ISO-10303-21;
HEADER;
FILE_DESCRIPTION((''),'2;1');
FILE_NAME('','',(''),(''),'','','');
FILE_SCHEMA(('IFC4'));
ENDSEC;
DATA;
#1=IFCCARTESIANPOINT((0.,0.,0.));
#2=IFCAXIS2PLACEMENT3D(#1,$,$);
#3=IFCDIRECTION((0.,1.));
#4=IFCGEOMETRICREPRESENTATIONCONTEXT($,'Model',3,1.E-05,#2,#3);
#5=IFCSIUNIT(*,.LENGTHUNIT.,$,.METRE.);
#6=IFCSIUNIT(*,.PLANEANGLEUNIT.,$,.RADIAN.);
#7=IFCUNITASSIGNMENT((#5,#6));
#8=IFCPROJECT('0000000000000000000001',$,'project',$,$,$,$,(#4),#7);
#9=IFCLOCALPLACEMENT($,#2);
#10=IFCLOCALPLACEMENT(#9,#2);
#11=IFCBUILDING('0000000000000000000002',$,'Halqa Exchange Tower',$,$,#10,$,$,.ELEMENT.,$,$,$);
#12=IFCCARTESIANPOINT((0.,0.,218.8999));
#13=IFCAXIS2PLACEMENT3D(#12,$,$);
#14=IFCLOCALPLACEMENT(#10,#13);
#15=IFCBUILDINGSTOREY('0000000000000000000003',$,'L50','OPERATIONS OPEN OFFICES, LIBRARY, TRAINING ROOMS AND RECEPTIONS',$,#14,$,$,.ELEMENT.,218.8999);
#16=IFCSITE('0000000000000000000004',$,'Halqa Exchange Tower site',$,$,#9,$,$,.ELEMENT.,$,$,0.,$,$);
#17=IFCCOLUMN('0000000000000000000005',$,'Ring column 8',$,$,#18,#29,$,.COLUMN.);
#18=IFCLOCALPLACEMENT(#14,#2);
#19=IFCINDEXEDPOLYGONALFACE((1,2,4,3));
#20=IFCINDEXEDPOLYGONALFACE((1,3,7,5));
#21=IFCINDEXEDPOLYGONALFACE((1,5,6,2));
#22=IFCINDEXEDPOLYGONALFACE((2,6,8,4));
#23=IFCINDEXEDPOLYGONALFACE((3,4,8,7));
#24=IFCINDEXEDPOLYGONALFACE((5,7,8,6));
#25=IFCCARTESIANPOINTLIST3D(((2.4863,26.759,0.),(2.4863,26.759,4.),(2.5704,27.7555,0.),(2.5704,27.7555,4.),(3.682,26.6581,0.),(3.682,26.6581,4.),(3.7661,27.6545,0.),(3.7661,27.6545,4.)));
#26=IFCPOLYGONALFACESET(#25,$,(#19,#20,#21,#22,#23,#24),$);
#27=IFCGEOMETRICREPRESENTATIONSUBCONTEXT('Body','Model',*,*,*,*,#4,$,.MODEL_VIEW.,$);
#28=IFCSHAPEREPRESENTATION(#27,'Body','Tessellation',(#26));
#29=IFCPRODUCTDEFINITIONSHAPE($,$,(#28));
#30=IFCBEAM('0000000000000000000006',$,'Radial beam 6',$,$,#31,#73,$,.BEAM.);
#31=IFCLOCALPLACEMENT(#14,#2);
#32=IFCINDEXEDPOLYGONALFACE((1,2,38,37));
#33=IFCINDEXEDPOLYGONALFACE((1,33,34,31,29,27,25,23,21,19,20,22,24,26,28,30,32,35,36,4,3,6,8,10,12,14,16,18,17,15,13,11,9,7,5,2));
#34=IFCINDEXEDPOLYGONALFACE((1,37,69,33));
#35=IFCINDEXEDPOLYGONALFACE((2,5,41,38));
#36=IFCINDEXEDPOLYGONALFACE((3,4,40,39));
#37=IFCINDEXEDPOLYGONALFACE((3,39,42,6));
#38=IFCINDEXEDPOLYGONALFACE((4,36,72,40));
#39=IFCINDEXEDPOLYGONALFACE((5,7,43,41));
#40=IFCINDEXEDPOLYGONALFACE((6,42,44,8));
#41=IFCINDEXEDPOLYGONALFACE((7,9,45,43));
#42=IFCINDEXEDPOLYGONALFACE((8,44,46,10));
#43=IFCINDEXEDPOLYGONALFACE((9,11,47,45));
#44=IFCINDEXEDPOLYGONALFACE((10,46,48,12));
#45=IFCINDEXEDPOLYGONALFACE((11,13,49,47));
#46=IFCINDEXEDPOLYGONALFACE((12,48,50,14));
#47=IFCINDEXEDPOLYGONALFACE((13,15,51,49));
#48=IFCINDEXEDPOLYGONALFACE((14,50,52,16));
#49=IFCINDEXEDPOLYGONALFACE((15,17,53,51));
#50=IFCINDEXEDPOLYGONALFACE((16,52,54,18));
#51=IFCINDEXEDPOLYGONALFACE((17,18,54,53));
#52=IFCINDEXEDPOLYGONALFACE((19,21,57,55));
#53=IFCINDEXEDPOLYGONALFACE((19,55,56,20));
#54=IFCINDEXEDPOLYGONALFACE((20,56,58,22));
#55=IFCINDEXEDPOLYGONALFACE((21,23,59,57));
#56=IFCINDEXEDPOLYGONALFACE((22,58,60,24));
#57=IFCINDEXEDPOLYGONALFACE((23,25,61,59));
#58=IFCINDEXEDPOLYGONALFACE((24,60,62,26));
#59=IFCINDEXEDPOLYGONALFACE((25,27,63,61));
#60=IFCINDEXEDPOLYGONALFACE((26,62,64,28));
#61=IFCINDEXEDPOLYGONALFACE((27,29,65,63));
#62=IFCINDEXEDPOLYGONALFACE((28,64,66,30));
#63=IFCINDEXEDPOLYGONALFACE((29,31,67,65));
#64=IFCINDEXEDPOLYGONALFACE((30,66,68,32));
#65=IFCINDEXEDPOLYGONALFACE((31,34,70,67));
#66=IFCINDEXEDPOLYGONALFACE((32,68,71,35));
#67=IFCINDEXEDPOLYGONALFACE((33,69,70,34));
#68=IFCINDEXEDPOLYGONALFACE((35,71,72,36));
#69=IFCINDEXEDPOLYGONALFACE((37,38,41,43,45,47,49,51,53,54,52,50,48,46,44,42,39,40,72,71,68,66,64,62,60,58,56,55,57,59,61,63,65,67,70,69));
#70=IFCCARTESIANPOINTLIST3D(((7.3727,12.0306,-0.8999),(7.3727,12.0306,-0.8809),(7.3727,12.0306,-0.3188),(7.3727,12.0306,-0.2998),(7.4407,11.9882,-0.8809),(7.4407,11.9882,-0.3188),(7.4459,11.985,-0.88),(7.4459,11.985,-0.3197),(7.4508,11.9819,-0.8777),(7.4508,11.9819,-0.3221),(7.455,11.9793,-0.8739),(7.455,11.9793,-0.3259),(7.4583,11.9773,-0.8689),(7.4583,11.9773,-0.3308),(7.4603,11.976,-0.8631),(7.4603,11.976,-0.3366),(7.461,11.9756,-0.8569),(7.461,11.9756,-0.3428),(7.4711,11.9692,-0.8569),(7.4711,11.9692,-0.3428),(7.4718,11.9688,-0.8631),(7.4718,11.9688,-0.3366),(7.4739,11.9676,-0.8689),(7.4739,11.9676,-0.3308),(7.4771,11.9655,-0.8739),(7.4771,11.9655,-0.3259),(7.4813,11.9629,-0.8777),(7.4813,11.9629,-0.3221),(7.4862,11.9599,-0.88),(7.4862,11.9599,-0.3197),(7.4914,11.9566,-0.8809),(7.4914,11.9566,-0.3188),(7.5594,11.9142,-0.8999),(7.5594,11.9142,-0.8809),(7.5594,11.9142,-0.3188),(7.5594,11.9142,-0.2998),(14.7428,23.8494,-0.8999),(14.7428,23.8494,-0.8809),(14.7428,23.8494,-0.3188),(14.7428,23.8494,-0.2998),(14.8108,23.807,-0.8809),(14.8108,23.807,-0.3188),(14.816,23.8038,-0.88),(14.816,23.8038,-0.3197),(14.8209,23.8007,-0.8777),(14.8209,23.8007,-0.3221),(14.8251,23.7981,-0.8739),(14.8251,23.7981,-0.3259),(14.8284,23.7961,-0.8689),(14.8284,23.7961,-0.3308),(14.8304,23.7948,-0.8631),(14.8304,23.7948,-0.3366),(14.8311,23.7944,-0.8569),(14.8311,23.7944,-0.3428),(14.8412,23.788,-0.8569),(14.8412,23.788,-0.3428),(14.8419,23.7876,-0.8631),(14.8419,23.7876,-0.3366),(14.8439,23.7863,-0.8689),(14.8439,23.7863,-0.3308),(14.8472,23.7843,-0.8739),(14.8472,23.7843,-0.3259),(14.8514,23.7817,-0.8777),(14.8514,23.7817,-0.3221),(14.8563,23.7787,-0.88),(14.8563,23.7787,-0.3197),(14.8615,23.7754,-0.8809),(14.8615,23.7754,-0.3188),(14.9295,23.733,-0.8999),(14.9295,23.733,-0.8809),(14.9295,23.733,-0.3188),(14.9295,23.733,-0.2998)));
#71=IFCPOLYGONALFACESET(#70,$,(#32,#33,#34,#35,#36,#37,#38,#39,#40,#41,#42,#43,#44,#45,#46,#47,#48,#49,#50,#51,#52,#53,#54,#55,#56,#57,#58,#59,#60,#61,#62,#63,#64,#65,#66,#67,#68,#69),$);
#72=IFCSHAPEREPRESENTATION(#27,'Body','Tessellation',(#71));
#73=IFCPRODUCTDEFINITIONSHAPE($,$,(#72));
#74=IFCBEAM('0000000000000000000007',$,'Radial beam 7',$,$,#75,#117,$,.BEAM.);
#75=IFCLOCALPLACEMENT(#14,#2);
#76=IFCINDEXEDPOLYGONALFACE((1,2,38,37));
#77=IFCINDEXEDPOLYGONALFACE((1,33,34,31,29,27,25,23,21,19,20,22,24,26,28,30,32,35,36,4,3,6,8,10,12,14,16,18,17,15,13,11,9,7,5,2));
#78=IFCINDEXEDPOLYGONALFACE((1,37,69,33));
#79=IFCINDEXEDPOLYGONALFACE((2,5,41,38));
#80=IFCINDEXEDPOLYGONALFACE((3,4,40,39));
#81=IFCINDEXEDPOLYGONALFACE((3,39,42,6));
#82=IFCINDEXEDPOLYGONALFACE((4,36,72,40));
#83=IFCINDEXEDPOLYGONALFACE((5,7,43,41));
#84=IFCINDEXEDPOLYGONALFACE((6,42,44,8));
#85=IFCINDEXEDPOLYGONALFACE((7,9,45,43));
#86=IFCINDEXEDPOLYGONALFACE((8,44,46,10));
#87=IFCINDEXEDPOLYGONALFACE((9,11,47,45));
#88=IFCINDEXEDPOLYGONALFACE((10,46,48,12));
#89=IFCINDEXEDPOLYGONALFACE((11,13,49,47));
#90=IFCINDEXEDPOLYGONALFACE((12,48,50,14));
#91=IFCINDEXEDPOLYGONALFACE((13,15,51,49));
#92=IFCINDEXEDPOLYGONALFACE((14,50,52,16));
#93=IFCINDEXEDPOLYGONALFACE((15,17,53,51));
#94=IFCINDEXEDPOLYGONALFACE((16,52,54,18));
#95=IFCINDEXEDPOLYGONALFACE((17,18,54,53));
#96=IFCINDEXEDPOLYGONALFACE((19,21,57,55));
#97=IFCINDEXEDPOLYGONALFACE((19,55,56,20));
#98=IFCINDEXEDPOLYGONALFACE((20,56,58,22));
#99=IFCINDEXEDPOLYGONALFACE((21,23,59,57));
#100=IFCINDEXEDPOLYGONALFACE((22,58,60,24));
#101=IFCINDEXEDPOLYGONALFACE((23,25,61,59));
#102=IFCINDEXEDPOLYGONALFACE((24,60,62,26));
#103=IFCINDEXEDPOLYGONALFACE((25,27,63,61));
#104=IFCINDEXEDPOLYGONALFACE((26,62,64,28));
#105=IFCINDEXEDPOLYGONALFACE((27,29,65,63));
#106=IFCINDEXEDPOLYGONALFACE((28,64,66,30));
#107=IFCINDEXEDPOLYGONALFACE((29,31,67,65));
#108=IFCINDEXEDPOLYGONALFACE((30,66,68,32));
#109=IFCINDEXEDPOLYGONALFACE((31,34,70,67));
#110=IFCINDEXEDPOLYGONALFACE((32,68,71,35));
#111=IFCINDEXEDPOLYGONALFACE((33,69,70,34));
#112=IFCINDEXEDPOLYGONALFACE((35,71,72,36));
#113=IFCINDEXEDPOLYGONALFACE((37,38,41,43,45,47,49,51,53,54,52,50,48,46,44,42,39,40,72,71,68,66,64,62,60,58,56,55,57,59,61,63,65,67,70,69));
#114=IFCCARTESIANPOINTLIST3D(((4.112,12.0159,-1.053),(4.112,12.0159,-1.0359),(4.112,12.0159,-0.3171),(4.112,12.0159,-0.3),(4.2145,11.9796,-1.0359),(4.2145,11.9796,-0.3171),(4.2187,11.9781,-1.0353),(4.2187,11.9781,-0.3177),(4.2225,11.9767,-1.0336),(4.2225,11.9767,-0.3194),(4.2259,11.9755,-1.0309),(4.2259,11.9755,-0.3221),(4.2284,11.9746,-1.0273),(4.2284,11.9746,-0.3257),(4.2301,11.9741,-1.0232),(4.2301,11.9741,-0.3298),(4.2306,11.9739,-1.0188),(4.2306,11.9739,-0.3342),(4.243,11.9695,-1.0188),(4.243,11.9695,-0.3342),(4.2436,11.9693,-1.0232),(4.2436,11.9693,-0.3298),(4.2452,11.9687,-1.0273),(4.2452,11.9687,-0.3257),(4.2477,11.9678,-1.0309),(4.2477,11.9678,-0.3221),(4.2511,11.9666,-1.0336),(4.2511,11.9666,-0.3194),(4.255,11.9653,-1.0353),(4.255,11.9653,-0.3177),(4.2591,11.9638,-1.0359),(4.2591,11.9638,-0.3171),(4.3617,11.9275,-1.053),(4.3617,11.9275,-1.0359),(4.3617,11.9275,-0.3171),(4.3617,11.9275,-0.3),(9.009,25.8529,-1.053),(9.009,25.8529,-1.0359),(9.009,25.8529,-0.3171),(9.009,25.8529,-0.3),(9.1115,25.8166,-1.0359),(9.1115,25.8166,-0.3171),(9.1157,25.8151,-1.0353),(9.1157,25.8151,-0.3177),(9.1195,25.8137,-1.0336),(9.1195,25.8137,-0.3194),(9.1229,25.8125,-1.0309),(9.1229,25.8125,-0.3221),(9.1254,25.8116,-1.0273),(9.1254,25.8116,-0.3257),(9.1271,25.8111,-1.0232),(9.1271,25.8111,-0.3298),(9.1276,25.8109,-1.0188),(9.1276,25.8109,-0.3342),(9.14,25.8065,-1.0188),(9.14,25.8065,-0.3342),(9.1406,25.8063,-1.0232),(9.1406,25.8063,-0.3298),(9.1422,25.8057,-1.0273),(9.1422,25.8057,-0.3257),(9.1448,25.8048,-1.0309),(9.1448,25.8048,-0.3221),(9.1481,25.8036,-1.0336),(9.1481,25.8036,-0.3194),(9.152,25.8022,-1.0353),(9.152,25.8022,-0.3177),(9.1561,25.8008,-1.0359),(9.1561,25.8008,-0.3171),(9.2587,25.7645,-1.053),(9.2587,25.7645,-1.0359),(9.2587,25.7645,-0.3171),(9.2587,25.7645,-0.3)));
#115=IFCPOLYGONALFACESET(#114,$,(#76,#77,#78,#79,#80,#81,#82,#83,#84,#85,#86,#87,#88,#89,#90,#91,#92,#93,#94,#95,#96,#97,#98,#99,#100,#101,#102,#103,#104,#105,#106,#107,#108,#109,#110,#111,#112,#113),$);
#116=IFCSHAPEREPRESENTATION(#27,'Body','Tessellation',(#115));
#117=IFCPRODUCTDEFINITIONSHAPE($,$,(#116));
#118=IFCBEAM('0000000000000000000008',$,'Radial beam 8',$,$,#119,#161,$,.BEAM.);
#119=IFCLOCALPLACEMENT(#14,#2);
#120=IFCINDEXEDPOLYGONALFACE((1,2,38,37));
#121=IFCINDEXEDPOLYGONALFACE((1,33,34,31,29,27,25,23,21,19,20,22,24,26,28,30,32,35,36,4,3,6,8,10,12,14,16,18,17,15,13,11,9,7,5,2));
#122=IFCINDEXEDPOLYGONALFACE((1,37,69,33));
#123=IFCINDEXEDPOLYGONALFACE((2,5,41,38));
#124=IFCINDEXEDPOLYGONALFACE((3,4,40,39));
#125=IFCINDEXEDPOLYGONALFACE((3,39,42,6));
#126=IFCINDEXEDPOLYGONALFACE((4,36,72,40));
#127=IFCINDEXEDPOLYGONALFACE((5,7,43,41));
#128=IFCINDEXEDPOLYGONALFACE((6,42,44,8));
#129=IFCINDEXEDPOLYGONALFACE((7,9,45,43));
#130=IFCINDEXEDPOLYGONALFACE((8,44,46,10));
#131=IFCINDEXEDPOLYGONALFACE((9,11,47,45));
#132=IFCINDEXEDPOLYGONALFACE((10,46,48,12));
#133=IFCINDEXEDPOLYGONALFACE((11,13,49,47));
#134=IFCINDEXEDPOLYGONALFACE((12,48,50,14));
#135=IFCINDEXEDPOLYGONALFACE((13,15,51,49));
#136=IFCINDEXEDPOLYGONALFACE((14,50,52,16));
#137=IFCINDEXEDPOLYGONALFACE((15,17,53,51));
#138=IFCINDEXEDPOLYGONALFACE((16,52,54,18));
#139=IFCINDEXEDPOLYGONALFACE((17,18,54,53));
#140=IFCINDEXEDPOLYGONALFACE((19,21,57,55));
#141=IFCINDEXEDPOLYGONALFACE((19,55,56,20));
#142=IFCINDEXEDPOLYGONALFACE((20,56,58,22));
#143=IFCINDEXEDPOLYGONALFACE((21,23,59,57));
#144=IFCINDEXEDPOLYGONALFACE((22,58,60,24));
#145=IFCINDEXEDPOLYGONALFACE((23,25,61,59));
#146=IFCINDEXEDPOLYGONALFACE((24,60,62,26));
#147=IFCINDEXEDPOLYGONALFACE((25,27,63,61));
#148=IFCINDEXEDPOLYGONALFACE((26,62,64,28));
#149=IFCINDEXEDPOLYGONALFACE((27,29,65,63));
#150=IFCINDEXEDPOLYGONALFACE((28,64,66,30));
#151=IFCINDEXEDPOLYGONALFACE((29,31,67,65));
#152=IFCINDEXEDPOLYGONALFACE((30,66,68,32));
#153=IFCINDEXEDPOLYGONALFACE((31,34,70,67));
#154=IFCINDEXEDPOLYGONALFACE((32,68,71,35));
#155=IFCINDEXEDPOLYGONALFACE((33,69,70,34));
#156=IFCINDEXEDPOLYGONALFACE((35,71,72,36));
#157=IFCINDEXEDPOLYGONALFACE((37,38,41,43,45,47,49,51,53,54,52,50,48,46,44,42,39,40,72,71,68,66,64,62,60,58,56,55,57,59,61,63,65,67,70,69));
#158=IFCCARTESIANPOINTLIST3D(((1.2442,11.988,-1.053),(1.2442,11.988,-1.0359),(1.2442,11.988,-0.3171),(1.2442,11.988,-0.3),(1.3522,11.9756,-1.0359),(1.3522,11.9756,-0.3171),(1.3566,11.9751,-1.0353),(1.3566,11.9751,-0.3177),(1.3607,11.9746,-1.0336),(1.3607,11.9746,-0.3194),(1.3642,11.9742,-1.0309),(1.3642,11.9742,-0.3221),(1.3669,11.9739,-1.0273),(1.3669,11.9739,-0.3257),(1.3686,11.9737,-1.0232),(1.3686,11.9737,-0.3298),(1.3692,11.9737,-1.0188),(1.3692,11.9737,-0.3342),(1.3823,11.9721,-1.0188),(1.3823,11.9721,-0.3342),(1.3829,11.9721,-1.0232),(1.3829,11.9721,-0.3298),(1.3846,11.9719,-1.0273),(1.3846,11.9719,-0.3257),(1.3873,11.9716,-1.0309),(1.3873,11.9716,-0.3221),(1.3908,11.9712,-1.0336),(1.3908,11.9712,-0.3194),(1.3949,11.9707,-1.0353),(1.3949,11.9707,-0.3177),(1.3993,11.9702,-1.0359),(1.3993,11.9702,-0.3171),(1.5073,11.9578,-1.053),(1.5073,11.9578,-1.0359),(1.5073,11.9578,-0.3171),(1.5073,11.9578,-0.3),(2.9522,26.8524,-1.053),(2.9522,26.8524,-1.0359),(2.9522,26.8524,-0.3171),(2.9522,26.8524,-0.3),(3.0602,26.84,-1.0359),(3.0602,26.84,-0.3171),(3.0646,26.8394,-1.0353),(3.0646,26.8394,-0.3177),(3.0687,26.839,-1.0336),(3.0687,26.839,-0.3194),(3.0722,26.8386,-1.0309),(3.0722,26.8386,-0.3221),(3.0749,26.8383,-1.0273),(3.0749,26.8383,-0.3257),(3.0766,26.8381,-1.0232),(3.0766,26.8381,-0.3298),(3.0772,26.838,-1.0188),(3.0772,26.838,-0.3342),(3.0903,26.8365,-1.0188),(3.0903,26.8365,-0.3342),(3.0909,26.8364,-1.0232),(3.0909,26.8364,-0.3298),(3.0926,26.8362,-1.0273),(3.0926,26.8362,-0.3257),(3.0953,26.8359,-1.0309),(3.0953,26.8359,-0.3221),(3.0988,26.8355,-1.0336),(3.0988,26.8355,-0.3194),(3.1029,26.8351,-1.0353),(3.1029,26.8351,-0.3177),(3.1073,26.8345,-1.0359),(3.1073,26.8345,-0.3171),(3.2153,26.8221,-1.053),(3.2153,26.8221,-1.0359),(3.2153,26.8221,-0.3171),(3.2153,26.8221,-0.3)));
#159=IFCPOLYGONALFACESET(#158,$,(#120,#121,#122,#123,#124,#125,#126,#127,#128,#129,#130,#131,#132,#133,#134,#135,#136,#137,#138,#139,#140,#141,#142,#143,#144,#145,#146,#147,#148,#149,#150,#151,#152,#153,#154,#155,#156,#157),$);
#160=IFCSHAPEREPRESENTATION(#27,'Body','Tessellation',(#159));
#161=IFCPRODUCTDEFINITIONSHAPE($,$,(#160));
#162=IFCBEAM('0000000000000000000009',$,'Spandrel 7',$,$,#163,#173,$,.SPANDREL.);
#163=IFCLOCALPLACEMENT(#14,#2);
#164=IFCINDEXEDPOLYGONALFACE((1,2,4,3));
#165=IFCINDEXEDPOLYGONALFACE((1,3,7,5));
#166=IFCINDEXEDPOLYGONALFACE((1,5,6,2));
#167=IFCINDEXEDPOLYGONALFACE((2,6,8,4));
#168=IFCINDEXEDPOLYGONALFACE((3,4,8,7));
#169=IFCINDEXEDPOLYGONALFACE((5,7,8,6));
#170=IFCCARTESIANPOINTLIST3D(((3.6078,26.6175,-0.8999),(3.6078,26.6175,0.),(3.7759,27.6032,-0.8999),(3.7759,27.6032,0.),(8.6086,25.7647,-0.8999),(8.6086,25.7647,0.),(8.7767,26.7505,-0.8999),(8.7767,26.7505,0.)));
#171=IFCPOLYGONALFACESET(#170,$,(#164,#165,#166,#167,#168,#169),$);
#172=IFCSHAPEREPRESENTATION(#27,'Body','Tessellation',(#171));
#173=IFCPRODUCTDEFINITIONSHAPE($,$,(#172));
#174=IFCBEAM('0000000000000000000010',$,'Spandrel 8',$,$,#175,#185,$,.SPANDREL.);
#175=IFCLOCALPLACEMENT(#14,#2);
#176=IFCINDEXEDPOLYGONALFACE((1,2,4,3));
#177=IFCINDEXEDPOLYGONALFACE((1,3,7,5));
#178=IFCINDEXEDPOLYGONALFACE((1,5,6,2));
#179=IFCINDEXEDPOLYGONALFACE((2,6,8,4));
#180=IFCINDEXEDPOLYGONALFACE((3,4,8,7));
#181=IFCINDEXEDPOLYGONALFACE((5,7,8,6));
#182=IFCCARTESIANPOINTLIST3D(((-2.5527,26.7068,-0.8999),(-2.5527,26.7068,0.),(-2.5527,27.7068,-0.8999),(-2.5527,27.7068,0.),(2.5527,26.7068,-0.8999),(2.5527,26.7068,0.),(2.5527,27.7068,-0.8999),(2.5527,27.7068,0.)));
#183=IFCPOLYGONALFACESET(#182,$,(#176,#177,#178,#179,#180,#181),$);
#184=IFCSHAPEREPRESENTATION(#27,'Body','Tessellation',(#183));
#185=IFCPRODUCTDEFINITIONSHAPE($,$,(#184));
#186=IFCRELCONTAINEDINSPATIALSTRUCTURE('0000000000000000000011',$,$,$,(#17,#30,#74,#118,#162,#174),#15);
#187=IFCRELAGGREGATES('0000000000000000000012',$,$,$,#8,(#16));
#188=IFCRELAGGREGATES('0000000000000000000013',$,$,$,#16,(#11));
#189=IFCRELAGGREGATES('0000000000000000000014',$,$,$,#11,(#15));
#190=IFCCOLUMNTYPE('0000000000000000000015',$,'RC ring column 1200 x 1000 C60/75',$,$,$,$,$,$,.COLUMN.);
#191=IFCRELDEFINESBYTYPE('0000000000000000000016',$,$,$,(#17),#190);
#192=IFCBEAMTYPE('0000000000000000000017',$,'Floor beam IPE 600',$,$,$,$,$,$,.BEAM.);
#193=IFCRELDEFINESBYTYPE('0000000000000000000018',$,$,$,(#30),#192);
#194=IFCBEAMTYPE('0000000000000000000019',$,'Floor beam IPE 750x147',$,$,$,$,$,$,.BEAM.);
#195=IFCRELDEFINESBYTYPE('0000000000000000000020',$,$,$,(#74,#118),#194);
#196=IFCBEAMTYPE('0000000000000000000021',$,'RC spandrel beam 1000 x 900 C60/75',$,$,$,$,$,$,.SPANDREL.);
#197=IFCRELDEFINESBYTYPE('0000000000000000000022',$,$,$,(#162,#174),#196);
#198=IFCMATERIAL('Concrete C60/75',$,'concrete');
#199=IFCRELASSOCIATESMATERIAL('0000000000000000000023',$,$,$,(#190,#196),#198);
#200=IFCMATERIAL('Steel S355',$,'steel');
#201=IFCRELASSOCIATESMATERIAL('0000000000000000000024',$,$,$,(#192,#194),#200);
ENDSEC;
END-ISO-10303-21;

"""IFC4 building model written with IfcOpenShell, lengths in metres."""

from ifc_helpers import new_model, si_unit, direction, frame, origin, origin_2d, place, context, subcontext, project, spatial, rectangle, i_section, extrude, material, material_profile, profile_set, type_object, element, save


model = new_model("IFC4")

# Units and contexts
model_context = context("Model", 3, precision=1e-05, world=origin(), true_north=direction((0.0, 1.0)))
body_context = subcontext(model_context, "Body", "Model", "MODEL_VIEW")
ifc_project = project(units=[si_unit("LENGTHUNIT", "METRE"), si_unit("PLANEANGLEUNIT", "RADIAN")], contexts=[model_context])

# Site, building, storey
site_placement = place(None, origin())
site = spatial("IfcSite", under=ifc_project, at=site_placement, Name="Halqa Exchange Tower site", CompositionType="ELEMENT", RefElevation=0.0)
building_placement = place(site_placement, origin())
building = spatial("IfcBuilding", under=site, at=building_placement, Name="Halqa Exchange Tower", CompositionType="ELEMENT")
storey_placement = place(building_placement, frame((0.0, 0.0, 218.8999)))
storey = spatial("IfcBuildingStorey", under=building, at=storey_placement, Name="L50", Description="OPERATIONS OPEN OFFICES, LIBRARY, TRAINING ROOMS AND RECEPTIONS", CompositionType="ELEMENT", Elevation=218.8999)

# Column
ifc_material_1 = material(Name="Concrete C60/75", Category="concrete")
ifc_material_profile_1 = material_profile(ifc_material_1, rectangle(XDim=1.2, YDim=1.0, at=origin_2d()), Name="1200 x 1000")
ifc_profile_set_1 = profile_set([ifc_material_profile_1], Name="Concrete C60/75")
column_type = type_object("IfcColumnType", Name="RC ring column 1200 x 1000 C60/75", PredefinedType="COLUMN", material=ifc_profile_set_1)
column_placement = place(storey_placement, frame((3.1262, 27.2068, 0.0), z_axis=(0.0, 0.0, 1.0), x_axis=(-0.996455, 0.084128, 0.0)))
element("IfcColumn", 1, at=column_placement, inside=storey, type_object=column_type, Name="Ring column 8", PredefinedType="COLUMN", context=body_context, shape_type="SweptSolid", body=[
    extrude(rectangle(XDim=1.2, YDim=1.0, at=origin_2d()), origin(), (0.0, 0.0, 1.0), 4.0),
])

# Beams
ifc_material_2 = material(Name="Steel S355", Category="steel")
ifc_material_profile_2 = material_profile(ifc_material_2, i_section(OverallWidth=0.22, OverallDepth=0.6001, WebThickness=0.012, FlangeThickness=0.019, FilletRadius=0.0239, at=origin_2d()), Name="IPE 600")
ifc_profile_set_2 = profile_set([ifc_material_profile_2], Name="Steel S355")
beam_type_1 = type_object("IfcBeamType", Name="Floor beam IPE 600", PredefinedType="BEAM", material=ifc_profile_set_2)
beam_1_placement = place(storey_placement, frame((7.4661, 11.9724, -0.5999), z_axis=(0.529138, 0.848536, 0.0), x_axis=(-0.848536, 0.529138, 0.0)))
element("IfcBeam", 2, at=beam_1_placement, inside=storey, type_object=beam_type_1, Name="Radial beam 6", PredefinedType="BEAM", context=body_context, shape_type="SweptSolid", body=[
    extrude(i_section(OverallWidth=0.22, OverallDepth=0.6001, WebThickness=0.012, FlangeThickness=0.019, FilletRadius=0.0239, at=origin_2d()), origin(), (0.0, 0.0, 1.0), 13.9285),
])
ifc_material_profile_3 = material_profile(ifc_material_2, i_section(OverallWidth=0.2649, OverallDepth=0.7529, WebThickness=0.0132, FlangeThickness=0.0171, FilletRadius=0.0171, at=origin_2d()), Name="IPE 750x147")
ifc_profile_set_3 = profile_set([ifc_material_profile_3], Name="Steel S355")
beam_type_2 = type_object("IfcBeamType", Name="Floor beam IPE 750x147", PredefinedType="BEAM", material=ifc_profile_set_3)
beam_2_placement = place(storey_placement, frame((4.2368, 11.9717, -0.6765), z_axis=(0.333629, 0.942704, 0.0), x_axis=(-0.942704, 0.333629, 0.0)))
element("IfcBeam", 3, at=beam_2_placement, inside=storey, type_object=beam_type_2, Name="Radial beam 7", PredefinedType="BEAM", context=body_context, shape_type="SweptSolid", body=[
    extrude(i_section(OverallWidth=0.2649, OverallDepth=0.7529, WebThickness=0.0132, FlangeThickness=0.0171, FilletRadius=0.0171, at=origin_2d()), origin(), (0.0, 0.0, 1.0), 14.678),
])
beam_3_placement = place(storey_placement, frame((1.3757, 11.9729, -0.6765), z_axis=(0.114156, 0.993463, 0.0), x_axis=(-0.993463, 0.114156, 0.0)))
element("IfcBeam", 4, at=beam_3_placement, inside=storey, type_object=beam_type_2, Name="Radial beam 8", PredefinedType="BEAM", context=body_context, shape_type="SweptSolid", body=[
    extrude(i_section(OverallWidth=0.2649, OverallDepth=0.7529, WebThickness=0.0132, FlangeThickness=0.0171, FilletRadius=0.0171, at=origin_2d()), origin(), (0.0, 0.0, 1.0), 14.9622),
])
ifc_material_profile_4 = material_profile(ifc_material_1, rectangle(XDim=1.0, YDim=0.8999, at=origin_2d()), Name="1000 x 900")
ifc_profile_set_4 = profile_set([ifc_material_profile_4], Name="Concrete C60/75")
beam_type_3 = type_object("IfcBeamType", Name="RC spandrel beam 1000 x 900 C60/75", PredefinedType="SPANDREL", material=ifc_profile_set_4)
beam_4_placement = place(storey_placement, frame((8.6926, 26.2576, -0.45), z_axis=(-0.985769, 0.168105, 0.0), x_axis=(-0.168105, -0.985769, 0.0)))
element("IfcBeam", 5, at=beam_4_placement, inside=storey, type_object=beam_type_3, Name="Spandrel 7", PredefinedType="SPANDREL", context=body_context, shape_type="SweptSolid", body=[
    extrude(rectangle(XDim=1.0, YDim=0.8999, at=origin_2d()), origin(), (0.0, 0.0, 1.0), 5.073),
])
beam_5_placement = place(storey_placement, frame((2.5527, 27.2068, -0.45), z_axis=(-1.0, 0.0, 0.0), x_axis=(0.0, -1.0, 0.0)))
element("IfcBeam", 6, at=beam_5_placement, inside=storey, type_object=beam_type_3, Name="Spandrel 8", PredefinedType="SPANDREL", context=body_context, shape_type="SweptSolid", body=[
    extrude(rectangle(XDim=1.0, YDim=0.8999, at=origin_2d()), origin(), (0.0, 0.0, 1.0), 5.1055),
])

save(model, "model.ifc")
